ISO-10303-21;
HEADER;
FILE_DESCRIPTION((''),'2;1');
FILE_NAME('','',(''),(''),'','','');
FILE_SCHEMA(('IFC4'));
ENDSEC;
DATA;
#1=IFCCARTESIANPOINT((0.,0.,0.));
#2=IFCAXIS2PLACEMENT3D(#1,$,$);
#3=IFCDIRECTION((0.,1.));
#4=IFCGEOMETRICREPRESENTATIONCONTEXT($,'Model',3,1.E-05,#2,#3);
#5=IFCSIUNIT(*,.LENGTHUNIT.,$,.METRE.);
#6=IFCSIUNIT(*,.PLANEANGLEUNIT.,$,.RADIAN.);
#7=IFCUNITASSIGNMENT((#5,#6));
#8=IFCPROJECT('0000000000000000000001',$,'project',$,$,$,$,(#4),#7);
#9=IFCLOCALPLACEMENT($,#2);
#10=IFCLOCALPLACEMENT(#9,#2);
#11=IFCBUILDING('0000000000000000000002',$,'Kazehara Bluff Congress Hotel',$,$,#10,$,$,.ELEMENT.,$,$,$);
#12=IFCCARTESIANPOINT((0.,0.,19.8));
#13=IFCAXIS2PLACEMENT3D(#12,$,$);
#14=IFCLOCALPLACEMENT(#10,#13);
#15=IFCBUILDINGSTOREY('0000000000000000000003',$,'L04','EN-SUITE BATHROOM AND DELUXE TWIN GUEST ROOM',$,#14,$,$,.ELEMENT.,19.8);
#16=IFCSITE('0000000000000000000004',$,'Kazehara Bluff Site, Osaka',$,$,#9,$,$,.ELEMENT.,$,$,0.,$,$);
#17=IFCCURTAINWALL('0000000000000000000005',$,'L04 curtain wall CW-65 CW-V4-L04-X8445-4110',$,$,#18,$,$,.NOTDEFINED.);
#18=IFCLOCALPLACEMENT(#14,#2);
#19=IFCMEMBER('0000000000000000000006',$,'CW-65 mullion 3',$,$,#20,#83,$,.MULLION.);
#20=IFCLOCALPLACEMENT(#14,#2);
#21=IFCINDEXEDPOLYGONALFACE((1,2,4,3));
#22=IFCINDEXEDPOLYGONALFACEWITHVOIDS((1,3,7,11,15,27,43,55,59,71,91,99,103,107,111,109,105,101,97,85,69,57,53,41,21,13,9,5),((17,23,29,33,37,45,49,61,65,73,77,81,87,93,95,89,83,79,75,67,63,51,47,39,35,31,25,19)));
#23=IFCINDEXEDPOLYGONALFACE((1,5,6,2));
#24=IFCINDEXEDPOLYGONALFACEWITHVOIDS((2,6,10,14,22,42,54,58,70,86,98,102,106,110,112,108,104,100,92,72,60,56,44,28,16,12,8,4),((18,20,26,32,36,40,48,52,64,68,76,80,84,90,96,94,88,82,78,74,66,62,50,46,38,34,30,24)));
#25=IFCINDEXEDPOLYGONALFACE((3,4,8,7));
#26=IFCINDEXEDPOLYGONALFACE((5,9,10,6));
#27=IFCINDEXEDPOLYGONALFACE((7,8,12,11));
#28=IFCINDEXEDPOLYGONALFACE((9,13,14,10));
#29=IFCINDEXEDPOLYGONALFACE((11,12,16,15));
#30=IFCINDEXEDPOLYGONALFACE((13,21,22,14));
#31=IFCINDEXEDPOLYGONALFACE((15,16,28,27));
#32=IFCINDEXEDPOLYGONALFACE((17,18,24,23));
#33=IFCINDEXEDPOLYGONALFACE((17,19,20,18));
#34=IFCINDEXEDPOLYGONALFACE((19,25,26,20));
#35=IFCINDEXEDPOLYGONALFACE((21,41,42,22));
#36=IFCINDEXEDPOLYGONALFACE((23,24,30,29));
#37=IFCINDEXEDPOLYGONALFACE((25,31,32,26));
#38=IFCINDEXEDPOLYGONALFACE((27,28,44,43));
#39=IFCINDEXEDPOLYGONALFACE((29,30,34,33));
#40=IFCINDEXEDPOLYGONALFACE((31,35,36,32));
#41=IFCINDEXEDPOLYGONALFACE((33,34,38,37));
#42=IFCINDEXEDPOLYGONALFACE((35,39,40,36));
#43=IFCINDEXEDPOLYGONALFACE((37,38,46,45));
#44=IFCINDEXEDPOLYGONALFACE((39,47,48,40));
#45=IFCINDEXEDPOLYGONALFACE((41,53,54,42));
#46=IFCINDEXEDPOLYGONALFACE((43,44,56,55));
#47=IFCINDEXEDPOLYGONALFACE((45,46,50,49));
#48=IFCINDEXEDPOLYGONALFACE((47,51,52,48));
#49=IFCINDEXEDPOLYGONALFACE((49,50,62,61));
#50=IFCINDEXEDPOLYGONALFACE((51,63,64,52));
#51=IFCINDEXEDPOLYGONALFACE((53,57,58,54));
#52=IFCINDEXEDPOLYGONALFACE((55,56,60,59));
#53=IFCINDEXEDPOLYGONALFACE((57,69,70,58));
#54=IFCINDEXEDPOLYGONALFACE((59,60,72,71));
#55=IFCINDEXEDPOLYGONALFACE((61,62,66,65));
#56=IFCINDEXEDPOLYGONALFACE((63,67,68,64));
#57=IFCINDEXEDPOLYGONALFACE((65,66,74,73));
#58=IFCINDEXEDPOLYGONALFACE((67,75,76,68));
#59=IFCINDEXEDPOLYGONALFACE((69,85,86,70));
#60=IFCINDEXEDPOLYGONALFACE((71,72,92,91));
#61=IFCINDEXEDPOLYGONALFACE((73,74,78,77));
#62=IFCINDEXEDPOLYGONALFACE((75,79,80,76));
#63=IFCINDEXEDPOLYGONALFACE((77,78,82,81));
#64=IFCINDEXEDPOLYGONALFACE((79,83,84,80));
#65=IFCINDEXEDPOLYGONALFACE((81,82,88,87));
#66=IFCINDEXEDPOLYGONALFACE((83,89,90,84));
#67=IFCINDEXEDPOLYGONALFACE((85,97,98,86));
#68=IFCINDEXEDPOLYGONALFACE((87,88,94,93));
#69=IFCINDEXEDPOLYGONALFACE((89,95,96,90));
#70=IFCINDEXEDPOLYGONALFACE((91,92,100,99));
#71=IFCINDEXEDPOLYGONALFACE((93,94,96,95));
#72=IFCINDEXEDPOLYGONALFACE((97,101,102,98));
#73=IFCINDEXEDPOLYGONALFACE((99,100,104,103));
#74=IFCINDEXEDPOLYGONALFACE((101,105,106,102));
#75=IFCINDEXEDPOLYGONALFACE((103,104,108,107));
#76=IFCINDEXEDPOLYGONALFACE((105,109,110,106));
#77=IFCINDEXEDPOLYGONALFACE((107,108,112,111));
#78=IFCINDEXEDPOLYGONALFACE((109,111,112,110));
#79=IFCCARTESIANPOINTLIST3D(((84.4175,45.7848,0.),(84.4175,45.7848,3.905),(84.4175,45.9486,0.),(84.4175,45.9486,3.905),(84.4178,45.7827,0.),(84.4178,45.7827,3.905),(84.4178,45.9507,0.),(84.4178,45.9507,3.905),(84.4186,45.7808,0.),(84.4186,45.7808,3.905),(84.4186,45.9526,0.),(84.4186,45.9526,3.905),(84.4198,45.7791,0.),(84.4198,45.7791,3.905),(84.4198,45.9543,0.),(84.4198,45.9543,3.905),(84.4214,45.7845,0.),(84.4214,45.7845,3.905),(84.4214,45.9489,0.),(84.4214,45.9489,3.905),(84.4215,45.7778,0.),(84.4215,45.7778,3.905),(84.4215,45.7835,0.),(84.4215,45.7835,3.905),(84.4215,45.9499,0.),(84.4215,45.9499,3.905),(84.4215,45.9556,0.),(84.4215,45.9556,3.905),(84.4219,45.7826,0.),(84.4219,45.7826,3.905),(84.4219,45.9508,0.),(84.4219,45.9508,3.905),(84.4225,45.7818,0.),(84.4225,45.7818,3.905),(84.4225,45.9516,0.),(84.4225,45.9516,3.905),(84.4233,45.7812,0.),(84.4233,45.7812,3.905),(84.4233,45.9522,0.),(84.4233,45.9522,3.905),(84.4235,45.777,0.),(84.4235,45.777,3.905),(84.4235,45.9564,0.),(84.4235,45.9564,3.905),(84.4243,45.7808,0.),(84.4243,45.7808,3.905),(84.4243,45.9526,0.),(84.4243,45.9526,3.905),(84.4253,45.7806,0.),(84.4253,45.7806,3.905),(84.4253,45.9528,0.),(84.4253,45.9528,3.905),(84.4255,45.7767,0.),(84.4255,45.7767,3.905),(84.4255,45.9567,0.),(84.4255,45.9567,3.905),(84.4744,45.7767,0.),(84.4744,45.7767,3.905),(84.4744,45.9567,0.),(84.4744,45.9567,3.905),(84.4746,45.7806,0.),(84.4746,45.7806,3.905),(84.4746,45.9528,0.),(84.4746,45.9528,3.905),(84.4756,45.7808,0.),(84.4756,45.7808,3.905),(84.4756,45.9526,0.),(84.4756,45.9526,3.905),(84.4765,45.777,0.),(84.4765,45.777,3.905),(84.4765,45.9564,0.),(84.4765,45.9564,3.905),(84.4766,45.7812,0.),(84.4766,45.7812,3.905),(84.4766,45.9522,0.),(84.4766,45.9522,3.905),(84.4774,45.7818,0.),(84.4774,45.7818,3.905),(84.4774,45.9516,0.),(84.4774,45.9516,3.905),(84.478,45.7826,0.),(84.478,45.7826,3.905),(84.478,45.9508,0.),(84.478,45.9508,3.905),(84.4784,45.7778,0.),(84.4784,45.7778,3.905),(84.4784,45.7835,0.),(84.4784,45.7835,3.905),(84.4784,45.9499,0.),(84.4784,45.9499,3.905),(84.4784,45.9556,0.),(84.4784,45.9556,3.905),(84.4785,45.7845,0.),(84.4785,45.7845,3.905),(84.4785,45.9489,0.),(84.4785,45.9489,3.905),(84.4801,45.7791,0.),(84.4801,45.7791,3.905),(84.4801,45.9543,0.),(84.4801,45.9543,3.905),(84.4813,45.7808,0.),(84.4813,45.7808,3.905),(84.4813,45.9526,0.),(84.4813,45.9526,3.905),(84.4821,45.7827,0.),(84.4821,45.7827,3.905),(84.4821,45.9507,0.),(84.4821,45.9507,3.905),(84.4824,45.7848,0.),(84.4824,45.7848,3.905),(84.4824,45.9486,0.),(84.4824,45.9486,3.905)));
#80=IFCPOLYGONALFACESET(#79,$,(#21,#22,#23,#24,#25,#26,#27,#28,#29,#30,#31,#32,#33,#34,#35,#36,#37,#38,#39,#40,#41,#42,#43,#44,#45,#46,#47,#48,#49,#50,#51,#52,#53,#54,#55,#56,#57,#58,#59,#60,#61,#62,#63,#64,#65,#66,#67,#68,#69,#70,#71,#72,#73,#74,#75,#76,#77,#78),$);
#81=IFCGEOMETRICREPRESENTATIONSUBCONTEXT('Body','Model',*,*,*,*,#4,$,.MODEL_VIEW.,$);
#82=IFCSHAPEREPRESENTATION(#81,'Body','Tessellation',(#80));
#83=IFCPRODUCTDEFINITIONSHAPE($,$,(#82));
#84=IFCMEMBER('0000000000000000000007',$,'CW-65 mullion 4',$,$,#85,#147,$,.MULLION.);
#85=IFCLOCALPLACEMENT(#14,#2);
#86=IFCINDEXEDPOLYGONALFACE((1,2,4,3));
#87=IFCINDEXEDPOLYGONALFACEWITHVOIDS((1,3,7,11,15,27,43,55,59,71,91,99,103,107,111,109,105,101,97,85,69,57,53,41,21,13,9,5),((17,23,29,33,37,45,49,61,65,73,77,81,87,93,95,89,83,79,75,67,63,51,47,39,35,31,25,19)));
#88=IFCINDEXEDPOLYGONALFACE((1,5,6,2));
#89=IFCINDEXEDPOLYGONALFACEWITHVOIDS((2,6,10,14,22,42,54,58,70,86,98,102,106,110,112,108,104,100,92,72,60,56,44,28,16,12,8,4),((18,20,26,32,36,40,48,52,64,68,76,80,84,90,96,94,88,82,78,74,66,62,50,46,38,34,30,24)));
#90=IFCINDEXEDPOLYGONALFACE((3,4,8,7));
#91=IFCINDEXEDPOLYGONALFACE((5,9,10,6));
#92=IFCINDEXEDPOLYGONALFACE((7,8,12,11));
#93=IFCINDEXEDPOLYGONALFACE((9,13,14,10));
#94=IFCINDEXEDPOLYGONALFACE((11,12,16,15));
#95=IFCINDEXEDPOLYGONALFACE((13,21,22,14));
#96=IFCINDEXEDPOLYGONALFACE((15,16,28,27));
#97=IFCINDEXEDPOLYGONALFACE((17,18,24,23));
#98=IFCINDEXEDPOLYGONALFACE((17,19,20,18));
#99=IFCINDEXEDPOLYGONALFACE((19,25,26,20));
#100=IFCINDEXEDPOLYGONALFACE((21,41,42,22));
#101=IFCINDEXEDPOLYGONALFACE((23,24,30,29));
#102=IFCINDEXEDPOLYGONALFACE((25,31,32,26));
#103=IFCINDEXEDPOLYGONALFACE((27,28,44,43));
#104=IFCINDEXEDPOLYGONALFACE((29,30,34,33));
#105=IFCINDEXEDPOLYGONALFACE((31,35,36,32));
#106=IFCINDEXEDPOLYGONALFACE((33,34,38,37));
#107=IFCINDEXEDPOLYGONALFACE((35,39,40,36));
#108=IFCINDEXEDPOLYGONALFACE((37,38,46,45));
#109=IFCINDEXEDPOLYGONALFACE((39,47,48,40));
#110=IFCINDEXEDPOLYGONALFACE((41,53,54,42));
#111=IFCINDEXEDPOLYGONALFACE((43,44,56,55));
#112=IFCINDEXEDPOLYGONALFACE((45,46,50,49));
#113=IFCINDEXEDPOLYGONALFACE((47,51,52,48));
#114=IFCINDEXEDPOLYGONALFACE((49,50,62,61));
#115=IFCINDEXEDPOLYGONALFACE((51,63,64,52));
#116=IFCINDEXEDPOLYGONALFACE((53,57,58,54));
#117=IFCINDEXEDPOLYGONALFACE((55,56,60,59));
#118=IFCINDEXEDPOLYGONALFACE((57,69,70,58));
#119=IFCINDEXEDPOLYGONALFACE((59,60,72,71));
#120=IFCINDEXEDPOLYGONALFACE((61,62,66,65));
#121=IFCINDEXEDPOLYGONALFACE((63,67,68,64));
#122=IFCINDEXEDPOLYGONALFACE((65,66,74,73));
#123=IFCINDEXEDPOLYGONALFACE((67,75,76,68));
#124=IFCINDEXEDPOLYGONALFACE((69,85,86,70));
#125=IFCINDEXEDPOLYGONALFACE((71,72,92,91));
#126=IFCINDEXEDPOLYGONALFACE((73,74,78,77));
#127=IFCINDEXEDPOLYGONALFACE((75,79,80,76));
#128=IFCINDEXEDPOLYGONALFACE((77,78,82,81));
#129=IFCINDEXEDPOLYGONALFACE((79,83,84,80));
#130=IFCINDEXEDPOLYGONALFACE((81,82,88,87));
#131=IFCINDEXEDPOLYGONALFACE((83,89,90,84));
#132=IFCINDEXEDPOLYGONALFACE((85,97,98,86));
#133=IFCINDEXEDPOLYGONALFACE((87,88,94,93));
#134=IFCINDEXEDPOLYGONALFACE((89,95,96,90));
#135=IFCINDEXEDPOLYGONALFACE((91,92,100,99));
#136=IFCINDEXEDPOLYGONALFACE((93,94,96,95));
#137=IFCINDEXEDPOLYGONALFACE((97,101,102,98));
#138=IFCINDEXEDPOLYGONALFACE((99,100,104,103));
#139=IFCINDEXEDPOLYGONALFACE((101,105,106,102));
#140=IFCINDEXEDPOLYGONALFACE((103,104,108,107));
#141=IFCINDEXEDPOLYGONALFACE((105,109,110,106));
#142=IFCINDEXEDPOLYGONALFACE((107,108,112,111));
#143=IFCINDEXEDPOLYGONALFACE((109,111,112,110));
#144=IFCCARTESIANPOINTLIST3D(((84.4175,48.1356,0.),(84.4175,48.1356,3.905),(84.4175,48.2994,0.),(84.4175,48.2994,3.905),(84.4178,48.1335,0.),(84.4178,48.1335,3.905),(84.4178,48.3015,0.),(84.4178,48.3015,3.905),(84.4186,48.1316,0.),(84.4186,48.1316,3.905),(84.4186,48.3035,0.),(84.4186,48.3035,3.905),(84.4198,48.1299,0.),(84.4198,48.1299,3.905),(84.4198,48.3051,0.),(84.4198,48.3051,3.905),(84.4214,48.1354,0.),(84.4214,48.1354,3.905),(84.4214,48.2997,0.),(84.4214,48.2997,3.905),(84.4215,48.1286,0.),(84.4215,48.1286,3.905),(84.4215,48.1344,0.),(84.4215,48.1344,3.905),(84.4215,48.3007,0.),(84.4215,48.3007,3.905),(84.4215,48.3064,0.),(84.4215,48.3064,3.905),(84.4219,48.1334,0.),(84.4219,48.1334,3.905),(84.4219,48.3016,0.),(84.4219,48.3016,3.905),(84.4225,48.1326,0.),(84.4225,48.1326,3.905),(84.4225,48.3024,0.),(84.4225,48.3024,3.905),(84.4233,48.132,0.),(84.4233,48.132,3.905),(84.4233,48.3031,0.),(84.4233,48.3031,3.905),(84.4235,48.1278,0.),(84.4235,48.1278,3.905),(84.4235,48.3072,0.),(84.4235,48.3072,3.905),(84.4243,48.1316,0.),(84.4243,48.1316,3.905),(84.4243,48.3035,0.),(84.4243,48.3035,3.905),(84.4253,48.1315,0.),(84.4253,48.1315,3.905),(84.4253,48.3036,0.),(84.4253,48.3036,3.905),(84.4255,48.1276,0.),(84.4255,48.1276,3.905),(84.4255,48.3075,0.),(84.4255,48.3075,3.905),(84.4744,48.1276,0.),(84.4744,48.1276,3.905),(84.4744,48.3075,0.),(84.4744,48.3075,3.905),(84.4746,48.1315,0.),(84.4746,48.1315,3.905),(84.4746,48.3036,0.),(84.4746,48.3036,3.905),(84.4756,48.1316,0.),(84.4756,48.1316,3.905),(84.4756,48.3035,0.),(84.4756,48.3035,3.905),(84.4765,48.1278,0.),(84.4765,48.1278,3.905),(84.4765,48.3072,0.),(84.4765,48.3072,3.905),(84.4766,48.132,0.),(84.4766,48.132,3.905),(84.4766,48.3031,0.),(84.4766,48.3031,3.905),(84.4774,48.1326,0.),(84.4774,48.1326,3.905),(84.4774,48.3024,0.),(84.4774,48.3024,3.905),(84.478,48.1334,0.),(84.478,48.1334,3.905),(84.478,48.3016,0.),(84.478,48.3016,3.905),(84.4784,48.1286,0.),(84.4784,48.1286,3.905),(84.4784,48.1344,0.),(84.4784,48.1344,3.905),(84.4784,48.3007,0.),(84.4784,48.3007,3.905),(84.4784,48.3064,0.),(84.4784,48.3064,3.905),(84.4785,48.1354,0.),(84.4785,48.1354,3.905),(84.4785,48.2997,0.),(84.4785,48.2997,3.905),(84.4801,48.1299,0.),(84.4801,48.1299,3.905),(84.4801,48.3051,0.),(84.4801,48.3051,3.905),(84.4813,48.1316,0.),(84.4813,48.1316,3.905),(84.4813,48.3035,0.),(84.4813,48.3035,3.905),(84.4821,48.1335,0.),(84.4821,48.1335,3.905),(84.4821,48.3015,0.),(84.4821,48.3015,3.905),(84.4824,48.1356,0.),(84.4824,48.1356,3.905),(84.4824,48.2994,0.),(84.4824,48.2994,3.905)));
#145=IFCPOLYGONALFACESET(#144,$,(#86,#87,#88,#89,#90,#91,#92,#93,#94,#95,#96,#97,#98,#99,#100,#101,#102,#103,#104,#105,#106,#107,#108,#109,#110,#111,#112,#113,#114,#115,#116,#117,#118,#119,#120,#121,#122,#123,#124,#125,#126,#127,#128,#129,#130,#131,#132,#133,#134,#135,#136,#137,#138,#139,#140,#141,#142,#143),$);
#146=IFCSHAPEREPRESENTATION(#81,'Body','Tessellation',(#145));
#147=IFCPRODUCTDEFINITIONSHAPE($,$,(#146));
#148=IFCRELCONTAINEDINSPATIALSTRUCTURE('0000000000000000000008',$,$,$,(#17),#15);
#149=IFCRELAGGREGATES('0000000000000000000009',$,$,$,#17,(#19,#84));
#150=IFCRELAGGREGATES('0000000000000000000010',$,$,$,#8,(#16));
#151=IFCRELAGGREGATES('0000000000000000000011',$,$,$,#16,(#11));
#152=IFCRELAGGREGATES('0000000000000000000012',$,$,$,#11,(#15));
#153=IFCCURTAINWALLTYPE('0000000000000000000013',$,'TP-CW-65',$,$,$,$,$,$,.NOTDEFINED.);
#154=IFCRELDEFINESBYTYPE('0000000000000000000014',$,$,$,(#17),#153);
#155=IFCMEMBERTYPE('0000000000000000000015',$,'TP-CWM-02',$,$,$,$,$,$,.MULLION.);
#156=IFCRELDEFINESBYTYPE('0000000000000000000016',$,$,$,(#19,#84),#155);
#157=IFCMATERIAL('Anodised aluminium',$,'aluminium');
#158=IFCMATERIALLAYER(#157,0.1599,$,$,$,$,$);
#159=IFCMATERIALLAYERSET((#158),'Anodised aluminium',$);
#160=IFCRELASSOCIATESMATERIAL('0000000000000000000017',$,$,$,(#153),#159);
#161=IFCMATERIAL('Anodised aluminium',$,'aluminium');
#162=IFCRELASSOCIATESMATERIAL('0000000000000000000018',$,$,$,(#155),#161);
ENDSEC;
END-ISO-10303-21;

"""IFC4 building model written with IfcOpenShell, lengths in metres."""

from ifc_helpers import new_model, si_unit, direction, frame, origin, origin_2d, place, context, subcontext, project, spatial, hollow_rectangle, extrude, material, layer, layer_set, material_profile, profile_set, type_object, element, aggregate, save


model = new_model("IFC4")

# Units and contexts
model_context = context("Model", 3, precision=1e-05, world=origin(), true_north=direction((0.0, 1.0)))
body_context = subcontext(model_context, "Body", "Model", "MODEL_VIEW")
ifc_project = project(units=[si_unit("LENGTHUNIT", "METRE"), si_unit("PLANEANGLEUNIT", "RADIAN")], contexts=[model_context])

# Site, building, storey
site_placement = place(None, origin())
site = spatial("IfcSite", under=ifc_project, at=site_placement, Name="Kazehara Bluff Site, Osaka", CompositionType="ELEMENT", RefElevation=0.0)
building_placement = place(site_placement, origin())
building = spatial("IfcBuilding", under=site, at=building_placement, Name="Kazehara Bluff Congress Hotel", CompositionType="ELEMENT")
storey_placement = place(building_placement, frame((0.0, 0.0, 19.8)))
storey = spatial("IfcBuildingStorey", under=building, at=storey_placement, Name="L04", Description="EN-SUITE BATHROOM AND DELUXE TWIN GUEST ROOM", CompositionType="ELEMENT", Elevation=19.8)

# Curtain wall, members
ifc_material_1 = material(Name="Anodised aluminium", Category="aluminium")
ifc_layer_1 = layer(ifc_material_1, 0.1599)
ifc_layer_set_1 = layer_set([ifc_layer_1], Name="Anodised aluminium")
curtain_wall_type_1 = type_object("IfcCurtainWallType", Name="TP-CW-65", PredefinedType="NOTDEFINED", material=ifc_layer_set_1)
curtain_wall_1_placement = place(storey_placement, origin())
curtain_wall_1 = element("IfcCurtainWall", 1, at=curtain_wall_1_placement, inside=storey, type_object=curtain_wall_type_1, Name="L04 curtain wall CW-65 CW-V4-L04-X8445-4110", PredefinedType="NOTDEFINED")
ifc_material_2 = material(Name="Anodised aluminium", Category="aluminium")
ifc_material_profile_1 = material_profile(ifc_material_2, hollow_rectangle(XDim=0.0649, YDim=0.1799, WallThickness=0.0039, InnerFilletRadius=0.0039, OuterFilletRadius=0.0081, at=origin_2d()))
ifc_profile_set_1 = profile_set([ifc_material_profile_1], Name="Anodised aluminium")
member_type_1 = type_object("IfcMemberType", Name="TP-CWM-02", PredefinedType="MULLION", material=ifc_profile_set_1)
member_1_placement = place(storey_placement, frame((84.45, 45.8667, 0.0), z_axis=(0.0, 0.0, 1.0), x_axis=(-1.0, 0.0, 0.0)))
member_1 = element("IfcMember", 2, at=member_1_placement, type_object=member_type_1, Name="CW-65 mullion 3", PredefinedType="MULLION", context=body_context, shape_type="SweptSolid", body=[
    extrude(hollow_rectangle(XDim=0.0649, YDim=0.1799, WallThickness=0.0039, InnerFilletRadius=0.0039, OuterFilletRadius=0.0081, at=origin_2d()), origin(), (0.0, 0.0, 1.0), 3.905),
])
member_2_placement = place(storey_placement, frame((84.45, 48.2175, 0.0), z_axis=(0.0, 0.0, 1.0), x_axis=(-1.0, 0.0, 0.0)))
member_2 = element("IfcMember", 3, at=member_2_placement, type_object=member_type_1, Name="CW-65 mullion 4", PredefinedType="MULLION", context=body_context, shape_type="SweptSolid", body=[
    extrude(hollow_rectangle(XDim=0.0649, YDim=0.1799, WallThickness=0.0039, InnerFilletRadius=0.0039, OuterFilletRadius=0.0081, at=origin_2d()), origin(), (0.0, 0.0, 1.0), 3.905),
])

aggregate(curtain_wall_1, [member_1, member_2])

save(model, "model.ifc")
